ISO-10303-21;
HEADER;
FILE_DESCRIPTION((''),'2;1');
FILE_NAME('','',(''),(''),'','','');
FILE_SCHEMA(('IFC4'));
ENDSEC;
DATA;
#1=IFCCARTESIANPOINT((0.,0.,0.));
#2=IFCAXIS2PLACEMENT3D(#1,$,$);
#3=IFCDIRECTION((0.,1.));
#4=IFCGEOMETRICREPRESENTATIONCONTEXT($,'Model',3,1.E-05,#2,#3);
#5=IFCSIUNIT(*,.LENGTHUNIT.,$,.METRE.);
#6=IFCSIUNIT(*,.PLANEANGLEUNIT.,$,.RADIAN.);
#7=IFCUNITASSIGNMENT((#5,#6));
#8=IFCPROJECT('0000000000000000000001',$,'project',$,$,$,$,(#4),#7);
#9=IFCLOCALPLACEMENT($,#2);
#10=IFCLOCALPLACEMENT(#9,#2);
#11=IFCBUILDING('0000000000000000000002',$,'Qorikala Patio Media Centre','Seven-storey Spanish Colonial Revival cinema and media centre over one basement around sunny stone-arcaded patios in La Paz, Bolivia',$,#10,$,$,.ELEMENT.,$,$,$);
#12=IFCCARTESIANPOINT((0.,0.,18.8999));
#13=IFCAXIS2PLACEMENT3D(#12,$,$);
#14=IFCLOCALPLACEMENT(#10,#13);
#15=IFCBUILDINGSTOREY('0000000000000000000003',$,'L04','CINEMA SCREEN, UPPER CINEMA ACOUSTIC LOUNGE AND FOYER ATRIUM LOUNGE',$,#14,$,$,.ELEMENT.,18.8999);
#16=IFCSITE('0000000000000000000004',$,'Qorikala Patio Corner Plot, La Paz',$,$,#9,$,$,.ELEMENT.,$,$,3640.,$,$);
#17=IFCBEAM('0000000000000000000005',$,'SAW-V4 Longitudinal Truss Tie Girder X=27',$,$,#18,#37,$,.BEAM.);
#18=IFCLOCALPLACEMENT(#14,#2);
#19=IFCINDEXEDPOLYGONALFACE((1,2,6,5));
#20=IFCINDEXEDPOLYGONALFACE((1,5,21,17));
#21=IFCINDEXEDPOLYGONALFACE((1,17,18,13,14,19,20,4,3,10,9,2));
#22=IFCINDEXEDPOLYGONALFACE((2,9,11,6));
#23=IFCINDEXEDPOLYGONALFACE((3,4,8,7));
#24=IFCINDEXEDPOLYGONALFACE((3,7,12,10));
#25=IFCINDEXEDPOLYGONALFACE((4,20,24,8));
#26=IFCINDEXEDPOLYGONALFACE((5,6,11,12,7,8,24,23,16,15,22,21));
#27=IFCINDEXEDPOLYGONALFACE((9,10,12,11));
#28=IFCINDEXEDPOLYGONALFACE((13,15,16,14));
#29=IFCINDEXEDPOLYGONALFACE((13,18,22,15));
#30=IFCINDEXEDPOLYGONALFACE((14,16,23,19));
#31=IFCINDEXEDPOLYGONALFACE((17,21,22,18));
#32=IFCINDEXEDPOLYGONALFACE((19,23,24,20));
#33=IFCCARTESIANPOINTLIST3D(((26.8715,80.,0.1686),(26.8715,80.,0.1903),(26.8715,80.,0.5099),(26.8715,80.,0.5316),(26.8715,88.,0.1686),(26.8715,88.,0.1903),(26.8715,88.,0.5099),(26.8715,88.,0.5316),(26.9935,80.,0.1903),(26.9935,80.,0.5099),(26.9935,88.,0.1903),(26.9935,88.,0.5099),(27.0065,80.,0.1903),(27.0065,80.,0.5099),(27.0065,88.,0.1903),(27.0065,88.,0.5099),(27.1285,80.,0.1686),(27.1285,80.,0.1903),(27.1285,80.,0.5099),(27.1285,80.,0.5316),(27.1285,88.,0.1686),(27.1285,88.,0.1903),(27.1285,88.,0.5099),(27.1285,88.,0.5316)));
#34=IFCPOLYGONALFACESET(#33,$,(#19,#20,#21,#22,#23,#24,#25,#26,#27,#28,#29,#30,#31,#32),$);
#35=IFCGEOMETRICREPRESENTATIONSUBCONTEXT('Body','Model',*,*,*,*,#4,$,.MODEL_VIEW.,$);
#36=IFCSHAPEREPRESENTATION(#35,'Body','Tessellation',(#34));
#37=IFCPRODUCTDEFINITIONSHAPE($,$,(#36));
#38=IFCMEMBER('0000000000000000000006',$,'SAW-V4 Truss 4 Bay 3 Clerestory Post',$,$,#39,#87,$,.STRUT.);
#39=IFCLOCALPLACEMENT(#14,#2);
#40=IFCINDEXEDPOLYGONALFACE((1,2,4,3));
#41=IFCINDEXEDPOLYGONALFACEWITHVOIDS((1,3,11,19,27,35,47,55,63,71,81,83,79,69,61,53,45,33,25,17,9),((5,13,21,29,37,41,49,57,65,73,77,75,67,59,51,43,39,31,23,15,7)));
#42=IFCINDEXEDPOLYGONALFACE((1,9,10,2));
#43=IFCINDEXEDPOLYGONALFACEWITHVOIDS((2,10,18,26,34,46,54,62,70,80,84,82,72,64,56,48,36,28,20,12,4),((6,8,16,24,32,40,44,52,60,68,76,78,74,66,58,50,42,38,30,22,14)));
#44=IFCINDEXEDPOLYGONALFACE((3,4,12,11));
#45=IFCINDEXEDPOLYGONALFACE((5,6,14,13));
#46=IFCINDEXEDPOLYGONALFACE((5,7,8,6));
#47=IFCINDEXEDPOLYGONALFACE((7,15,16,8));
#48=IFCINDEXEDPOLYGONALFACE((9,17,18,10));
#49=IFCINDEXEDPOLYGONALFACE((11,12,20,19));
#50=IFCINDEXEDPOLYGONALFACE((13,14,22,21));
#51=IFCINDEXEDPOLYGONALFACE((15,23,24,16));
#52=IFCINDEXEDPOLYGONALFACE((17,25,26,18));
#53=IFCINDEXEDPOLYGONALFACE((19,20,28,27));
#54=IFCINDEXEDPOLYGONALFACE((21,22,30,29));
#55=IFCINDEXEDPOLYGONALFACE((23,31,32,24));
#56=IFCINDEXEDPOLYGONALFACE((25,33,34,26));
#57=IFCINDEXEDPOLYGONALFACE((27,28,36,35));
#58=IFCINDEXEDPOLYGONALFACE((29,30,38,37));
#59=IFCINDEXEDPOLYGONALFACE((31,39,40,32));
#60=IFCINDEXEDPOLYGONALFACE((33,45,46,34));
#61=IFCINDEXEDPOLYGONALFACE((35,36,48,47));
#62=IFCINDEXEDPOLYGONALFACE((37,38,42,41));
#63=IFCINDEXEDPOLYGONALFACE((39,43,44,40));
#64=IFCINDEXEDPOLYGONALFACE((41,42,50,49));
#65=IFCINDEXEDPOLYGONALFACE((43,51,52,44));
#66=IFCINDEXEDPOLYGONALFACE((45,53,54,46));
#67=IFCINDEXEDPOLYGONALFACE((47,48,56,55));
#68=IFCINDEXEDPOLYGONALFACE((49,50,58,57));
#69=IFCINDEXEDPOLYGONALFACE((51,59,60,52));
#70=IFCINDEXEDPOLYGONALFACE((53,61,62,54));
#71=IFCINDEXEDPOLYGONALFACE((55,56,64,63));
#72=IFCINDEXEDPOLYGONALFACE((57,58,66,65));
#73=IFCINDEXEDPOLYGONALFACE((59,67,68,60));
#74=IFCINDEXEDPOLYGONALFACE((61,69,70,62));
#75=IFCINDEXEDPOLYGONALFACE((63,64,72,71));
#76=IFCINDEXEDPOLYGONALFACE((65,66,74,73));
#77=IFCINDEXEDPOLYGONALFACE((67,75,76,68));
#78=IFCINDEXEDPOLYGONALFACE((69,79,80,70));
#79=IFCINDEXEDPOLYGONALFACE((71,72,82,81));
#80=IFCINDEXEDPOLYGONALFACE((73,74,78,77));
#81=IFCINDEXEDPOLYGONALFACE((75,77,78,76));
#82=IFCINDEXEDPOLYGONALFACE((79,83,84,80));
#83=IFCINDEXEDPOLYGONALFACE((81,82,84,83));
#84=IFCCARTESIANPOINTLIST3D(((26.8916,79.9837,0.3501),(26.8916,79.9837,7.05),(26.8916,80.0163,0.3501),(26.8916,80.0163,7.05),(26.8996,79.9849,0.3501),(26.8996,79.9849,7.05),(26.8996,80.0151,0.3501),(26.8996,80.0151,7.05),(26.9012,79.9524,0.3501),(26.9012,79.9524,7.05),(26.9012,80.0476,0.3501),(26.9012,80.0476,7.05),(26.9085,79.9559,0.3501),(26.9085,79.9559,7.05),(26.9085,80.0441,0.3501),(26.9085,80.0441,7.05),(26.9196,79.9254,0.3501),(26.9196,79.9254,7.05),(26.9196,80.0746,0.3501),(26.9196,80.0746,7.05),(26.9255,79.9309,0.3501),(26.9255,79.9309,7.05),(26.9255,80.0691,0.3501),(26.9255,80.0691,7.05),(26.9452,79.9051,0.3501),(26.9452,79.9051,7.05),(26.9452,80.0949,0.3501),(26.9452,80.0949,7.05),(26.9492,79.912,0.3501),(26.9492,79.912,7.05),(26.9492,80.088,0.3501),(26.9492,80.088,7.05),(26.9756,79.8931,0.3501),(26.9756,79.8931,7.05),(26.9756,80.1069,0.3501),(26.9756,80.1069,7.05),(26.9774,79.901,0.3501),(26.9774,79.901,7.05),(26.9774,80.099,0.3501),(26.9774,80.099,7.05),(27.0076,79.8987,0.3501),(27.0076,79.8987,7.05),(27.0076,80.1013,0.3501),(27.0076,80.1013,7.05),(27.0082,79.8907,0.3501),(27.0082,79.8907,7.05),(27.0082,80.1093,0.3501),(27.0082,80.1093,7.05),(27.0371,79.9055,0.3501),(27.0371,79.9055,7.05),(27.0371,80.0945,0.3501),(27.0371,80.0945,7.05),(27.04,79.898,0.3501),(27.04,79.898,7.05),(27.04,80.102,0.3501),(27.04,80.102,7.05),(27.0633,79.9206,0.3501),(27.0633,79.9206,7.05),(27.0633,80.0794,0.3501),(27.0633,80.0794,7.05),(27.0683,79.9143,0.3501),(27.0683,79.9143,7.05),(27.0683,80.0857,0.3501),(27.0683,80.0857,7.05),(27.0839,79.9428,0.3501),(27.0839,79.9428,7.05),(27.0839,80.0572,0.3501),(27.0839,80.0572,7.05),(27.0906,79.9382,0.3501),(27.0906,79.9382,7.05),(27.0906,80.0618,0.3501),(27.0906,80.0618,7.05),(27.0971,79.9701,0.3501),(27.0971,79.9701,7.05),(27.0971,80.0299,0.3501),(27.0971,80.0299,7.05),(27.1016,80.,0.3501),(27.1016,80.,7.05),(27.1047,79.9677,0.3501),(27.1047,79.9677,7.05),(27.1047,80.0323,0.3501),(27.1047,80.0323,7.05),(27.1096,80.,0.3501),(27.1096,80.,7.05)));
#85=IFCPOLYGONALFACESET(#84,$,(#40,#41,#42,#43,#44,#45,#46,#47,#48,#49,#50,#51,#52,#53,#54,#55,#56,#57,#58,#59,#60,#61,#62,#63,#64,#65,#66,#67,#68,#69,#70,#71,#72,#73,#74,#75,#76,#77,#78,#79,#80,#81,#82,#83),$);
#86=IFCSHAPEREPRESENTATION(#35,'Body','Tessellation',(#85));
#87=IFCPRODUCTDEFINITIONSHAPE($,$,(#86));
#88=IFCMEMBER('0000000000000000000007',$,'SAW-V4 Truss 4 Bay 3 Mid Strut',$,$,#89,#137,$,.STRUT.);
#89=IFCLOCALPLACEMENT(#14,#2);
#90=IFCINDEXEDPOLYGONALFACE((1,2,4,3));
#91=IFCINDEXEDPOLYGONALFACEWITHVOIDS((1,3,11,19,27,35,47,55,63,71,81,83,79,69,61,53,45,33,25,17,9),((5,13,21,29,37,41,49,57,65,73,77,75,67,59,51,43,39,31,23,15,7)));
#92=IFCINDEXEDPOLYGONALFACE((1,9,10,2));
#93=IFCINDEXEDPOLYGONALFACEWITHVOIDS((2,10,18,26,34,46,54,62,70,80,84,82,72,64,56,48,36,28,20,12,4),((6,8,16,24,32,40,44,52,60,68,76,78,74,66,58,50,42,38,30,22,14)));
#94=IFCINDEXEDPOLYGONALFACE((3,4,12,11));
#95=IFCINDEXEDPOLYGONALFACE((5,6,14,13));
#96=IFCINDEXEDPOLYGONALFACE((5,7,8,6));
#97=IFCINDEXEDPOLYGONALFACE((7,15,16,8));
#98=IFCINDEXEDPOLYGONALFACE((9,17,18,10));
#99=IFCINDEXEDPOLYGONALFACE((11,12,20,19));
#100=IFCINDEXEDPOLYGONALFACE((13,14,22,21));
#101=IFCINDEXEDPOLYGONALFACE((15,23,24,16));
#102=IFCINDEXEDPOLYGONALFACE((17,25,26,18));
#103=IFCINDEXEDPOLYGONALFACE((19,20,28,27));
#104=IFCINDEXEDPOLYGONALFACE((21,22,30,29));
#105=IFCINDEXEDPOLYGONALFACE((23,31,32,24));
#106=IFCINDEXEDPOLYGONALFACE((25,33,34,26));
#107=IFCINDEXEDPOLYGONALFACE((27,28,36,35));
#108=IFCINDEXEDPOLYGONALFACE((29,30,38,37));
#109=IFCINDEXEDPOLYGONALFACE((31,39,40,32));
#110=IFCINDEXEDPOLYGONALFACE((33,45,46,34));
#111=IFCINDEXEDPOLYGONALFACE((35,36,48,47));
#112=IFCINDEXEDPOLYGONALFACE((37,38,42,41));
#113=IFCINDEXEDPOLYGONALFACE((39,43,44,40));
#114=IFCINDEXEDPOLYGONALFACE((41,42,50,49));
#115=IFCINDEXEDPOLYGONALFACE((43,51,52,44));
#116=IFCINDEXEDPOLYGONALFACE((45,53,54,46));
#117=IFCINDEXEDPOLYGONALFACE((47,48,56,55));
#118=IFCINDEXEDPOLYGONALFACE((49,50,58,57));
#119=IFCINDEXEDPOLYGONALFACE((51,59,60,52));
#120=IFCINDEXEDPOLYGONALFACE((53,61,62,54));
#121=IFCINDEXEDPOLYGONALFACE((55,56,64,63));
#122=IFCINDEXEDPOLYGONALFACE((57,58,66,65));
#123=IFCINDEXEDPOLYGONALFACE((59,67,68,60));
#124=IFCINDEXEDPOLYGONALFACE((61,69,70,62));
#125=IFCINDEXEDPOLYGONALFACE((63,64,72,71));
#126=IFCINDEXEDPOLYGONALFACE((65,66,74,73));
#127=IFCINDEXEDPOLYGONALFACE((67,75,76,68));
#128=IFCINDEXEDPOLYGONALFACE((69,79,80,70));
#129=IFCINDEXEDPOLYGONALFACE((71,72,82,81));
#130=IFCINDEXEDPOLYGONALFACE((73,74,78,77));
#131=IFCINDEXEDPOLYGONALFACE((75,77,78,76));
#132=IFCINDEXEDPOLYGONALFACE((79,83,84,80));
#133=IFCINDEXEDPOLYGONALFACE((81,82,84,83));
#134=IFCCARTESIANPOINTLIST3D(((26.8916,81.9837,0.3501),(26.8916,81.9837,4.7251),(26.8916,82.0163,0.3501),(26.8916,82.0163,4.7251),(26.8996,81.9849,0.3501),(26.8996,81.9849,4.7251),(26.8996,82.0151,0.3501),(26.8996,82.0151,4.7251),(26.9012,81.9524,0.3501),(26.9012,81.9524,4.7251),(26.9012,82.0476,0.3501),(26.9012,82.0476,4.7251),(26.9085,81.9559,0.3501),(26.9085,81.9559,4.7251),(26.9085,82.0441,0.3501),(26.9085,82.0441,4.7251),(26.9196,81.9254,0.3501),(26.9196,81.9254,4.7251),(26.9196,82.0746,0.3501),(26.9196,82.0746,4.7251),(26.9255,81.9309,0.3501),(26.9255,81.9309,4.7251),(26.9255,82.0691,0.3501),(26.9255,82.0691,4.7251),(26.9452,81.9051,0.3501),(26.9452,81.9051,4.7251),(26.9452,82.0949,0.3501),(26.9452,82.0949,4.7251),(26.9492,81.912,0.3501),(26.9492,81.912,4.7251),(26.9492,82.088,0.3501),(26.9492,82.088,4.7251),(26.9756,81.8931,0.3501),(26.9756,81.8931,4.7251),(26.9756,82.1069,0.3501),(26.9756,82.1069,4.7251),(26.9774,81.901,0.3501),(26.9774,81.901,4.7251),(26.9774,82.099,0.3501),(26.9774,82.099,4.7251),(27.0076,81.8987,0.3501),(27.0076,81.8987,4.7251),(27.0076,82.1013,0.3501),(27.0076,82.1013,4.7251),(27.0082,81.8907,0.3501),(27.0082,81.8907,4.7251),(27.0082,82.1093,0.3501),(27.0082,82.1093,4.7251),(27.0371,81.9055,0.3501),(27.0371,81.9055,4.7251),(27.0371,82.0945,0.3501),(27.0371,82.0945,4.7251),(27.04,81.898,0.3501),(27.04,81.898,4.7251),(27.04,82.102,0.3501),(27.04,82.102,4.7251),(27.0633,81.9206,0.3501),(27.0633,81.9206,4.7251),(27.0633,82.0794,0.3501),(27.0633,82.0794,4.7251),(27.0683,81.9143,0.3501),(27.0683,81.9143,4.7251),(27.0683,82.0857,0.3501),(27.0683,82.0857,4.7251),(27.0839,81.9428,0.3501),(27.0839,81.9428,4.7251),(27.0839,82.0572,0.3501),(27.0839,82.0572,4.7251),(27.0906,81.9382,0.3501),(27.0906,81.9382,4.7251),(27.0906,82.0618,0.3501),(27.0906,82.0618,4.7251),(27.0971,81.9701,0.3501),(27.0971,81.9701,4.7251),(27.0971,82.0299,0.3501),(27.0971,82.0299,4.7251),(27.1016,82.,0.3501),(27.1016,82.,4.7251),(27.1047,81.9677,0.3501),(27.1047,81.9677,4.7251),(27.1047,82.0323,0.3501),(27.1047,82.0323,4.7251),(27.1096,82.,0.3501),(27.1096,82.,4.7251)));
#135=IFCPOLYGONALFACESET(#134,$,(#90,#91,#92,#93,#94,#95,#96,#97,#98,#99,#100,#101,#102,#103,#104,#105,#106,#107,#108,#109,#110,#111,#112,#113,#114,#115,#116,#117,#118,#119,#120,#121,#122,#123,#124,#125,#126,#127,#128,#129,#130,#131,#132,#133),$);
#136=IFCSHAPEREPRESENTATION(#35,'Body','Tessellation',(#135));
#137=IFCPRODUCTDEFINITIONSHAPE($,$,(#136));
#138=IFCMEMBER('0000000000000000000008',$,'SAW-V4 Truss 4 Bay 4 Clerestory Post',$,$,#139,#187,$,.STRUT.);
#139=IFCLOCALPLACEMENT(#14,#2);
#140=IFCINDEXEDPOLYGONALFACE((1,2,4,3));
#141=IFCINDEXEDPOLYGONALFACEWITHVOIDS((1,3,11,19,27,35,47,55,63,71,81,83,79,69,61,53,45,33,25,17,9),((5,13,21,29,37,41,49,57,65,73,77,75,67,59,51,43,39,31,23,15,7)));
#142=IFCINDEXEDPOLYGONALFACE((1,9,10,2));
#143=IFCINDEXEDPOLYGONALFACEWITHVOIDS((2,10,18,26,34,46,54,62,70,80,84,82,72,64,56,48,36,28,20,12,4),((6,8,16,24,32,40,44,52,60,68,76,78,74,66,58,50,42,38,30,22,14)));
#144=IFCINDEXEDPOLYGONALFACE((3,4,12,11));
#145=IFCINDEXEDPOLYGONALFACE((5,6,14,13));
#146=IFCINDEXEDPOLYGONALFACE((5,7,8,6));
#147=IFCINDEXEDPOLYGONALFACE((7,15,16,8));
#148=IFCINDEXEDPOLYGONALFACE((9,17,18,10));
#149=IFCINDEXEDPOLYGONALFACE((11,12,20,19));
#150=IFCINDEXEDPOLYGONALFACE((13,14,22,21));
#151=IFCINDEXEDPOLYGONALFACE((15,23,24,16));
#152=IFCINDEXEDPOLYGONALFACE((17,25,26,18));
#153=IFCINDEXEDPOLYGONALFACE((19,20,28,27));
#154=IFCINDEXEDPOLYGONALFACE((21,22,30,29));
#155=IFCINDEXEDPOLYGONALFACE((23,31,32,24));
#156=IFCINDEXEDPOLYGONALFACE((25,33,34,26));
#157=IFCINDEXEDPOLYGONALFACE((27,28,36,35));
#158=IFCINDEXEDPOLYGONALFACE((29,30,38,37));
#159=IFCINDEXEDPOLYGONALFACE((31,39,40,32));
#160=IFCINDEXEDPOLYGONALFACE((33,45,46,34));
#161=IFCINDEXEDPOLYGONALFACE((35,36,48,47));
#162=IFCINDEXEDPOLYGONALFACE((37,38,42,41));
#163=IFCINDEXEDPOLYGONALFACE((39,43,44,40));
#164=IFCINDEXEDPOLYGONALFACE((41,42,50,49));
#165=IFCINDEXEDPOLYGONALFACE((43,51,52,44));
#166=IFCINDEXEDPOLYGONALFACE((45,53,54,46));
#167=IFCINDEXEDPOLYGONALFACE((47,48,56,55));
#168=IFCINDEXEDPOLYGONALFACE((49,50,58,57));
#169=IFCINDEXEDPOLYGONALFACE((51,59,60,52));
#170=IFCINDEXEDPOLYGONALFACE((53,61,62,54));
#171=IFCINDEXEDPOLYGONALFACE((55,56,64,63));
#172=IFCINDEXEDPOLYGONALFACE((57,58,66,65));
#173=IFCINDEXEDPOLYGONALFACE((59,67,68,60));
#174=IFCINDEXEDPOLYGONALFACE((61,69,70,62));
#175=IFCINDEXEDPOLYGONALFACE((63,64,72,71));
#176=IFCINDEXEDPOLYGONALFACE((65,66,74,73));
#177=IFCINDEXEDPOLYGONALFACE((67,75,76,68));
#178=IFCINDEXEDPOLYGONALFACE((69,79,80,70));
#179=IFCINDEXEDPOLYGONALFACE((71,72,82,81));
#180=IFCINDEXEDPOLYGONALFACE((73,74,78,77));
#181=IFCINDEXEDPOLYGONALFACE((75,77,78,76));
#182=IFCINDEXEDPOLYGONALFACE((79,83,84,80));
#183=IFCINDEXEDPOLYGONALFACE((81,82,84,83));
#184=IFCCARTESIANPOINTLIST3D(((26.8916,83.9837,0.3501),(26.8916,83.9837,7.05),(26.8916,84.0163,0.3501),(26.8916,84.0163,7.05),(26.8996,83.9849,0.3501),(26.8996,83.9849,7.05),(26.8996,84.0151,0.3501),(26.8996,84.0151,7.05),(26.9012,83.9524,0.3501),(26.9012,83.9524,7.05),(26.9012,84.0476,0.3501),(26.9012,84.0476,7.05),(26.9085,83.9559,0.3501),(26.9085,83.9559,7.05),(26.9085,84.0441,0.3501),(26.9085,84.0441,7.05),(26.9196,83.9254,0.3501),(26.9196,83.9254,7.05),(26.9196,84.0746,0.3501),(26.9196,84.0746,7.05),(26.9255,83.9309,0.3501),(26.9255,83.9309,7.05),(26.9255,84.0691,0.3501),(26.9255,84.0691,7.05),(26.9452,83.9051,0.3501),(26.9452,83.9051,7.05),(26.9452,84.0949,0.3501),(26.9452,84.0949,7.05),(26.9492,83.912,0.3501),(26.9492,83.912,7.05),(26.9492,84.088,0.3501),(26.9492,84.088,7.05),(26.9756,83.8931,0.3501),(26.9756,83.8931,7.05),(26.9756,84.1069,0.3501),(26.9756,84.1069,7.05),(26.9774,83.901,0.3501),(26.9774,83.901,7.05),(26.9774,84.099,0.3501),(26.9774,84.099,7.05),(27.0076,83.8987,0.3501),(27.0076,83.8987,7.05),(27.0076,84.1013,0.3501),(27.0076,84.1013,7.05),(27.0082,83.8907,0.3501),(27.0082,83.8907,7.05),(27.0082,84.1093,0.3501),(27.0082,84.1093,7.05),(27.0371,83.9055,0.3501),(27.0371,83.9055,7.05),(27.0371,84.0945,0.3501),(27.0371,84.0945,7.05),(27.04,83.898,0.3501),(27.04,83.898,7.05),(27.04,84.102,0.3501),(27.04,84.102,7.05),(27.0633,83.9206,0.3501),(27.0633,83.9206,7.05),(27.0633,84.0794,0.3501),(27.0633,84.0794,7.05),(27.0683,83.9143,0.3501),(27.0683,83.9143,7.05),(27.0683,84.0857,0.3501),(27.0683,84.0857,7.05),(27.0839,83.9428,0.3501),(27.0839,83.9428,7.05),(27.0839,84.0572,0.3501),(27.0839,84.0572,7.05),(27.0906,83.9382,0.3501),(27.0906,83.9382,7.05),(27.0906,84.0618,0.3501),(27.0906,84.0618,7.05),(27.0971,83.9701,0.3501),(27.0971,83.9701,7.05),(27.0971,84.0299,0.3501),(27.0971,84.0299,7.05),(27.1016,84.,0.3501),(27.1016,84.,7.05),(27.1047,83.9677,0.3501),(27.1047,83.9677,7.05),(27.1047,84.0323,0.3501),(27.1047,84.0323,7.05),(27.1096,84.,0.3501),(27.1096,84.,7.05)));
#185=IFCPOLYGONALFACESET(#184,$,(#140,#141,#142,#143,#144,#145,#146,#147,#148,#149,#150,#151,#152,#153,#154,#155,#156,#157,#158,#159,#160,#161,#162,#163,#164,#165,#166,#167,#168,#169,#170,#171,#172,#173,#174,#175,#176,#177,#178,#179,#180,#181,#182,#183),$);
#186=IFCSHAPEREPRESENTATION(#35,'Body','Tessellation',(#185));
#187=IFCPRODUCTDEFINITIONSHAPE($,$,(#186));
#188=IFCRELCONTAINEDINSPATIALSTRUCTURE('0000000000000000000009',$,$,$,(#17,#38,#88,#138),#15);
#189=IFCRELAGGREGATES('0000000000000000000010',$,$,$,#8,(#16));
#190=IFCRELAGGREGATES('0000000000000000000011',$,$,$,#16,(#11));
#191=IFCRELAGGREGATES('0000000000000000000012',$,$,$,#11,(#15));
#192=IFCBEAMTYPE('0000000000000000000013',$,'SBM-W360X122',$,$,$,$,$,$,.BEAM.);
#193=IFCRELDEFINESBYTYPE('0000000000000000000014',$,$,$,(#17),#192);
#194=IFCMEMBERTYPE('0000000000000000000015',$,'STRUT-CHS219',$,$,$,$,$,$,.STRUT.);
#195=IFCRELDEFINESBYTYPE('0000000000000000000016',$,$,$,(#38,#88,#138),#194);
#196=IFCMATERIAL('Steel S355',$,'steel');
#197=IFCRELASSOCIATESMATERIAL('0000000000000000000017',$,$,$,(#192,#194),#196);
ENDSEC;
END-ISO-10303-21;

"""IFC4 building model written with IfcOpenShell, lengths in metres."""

from ifc_helpers import new_model, si_unit, direction, frame, origin, origin_2d, place, context, subcontext, project, spatial, hollow_circle, i_section, extrude, material, material_profile, profile_set, type_object, element, save


model = new_model("IFC4")

# Units and contexts
model_context = context("Model", 3, precision=1e-05, world=origin(), true_north=direction((0.0, 1.0)))
body_context = subcontext(model_context, "Body", "Model", "MODEL_VIEW")
ifc_project = project(units=[si_unit("LENGTHUNIT", "METRE"), si_unit("PLANEANGLEUNIT", "RADIAN")], contexts=[model_context])

# Site, building, storey
site_placement = place(None, origin())
site = spatial("IfcSite", under=ifc_project, at=site_placement, Name="Qorikala Patio Corner Plot, La Paz", CompositionType="ELEMENT", RefElevation=3640.0)
building_placement = place(site_placement, origin())
building = spatial("IfcBuilding", under=site, at=building_placement, Name="Qorikala Patio Media Centre", Description="Seven-storey Spanish Colonial Revival cinema and media centre over one basement around sunny stone-arcaded patios in La Paz, Bolivia", CompositionType="ELEMENT")
storey_placement = place(building_placement, frame((0.0, 0.0, 18.8999)))
storey = spatial("IfcBuildingStorey", under=building, at=storey_placement, Name="L04", Description="CINEMA SCREEN, UPPER CINEMA ACOUSTIC LOUNGE AND FOYER ATRIUM LOUNGE", CompositionType="ELEMENT", Elevation=18.8999)

# Shared definitions
ifc_material_1 = material(Name="Steel S355", Category="steel")

# Beam
ifc_material_profile_1 = material_profile(ifc_material_1, i_section(OverallWidth=0.2571, OverallDepth=0.363, WebThickness=0.0129, FlangeThickness=0.0217, at=origin_2d()), Name="W360X122")
ifc_profile_set_1 = profile_set([ifc_material_profile_1], Name="Steel S355")
beam_type = type_object("IfcBeamType", Name="SBM-W360X122", PredefinedType="BEAM", material=ifc_profile_set_1)
beam_placement = place(storey_placement, frame((27.0, 80.0, 0.3501), z_axis=(0.0, 1.0, 0.0), x_axis=(-1.0, 0.0, 0.0)))
element("IfcBeam", 1, at=beam_placement, inside=storey, type_object=beam_type, Name="SAW-V4 Longitudinal Truss Tie Girder X=27", PredefinedType="BEAM", context=body_context, shape_type="SweptSolid", body=[
    extrude(i_section(OverallWidth=0.2571, OverallDepth=0.363, WebThickness=0.0129, FlangeThickness=0.0217, at=origin_2d()), origin(), (0.0, 0.0, 1.0), 8.0),
])

# Members
ifc_material_profile_2 = material_profile(ifc_material_1, hollow_circle(Radius=0.1096, WallThickness=0.0081, at=origin_2d()), Name="CHS219X8")
ifc_profile_set_2 = profile_set([ifc_material_profile_2], Name="Steel S355")
member_type_1 = type_object("IfcMemberType", Name="STRUT-CHS219", PredefinedType="STRUT", material=ifc_profile_set_2)
member_1_placement = place(storey_placement, frame((27.0, 80.0, 0.3501), z_axis=(0.0, 0.0, 1.0), x_axis=(1.0, 0.0, 0.0)))
element("IfcMember", 2, at=member_1_placement, inside=storey, type_object=member_type_1, Name="SAW-V4 Truss 4 Bay 3 Clerestory Post", PredefinedType="STRUT", context=body_context, shape_type="SweptSolid", body=[
    extrude(hollow_circle(Radius=0.1096, WallThickness=0.0081, at=origin_2d()), origin(), (0.0, 0.0, 1.0), 6.7),
])
member_2_placement = place(storey_placement, frame((27.0, 82.0, 0.3501), z_axis=(0.0, 0.0, 1.0), x_axis=(1.0, 0.0, 0.0)))
element("IfcMember", 3, at=member_2_placement, inside=storey, type_object=member_type_1, Name="SAW-V4 Truss 4 Bay 3 Mid Strut", PredefinedType="STRUT", context=body_context, shape_type="SweptSolid", body=[
    extrude(hollow_circle(Radius=0.1096, WallThickness=0.0081, at=origin_2d()), origin(), (0.0, 0.0, 1.0), 4.375),
])
member_3_placement = place(storey_placement, frame((27.0, 84.0, 0.3501), z_axis=(0.0, 0.0, 1.0), x_axis=(1.0, 0.0, 0.0)))
element("IfcMember", 4, at=member_3_placement, inside=storey, type_object=member_type_1, Name="SAW-V4 Truss 4 Bay 4 Clerestory Post", PredefinedType="STRUT", context=body_context, shape_type="SweptSolid", body=[
    extrude(hollow_circle(Radius=0.1096, WallThickness=0.0081, at=origin_2d()), origin(), (0.0, 0.0, 1.0), 6.7),
])

save(model, "model.ifc")
